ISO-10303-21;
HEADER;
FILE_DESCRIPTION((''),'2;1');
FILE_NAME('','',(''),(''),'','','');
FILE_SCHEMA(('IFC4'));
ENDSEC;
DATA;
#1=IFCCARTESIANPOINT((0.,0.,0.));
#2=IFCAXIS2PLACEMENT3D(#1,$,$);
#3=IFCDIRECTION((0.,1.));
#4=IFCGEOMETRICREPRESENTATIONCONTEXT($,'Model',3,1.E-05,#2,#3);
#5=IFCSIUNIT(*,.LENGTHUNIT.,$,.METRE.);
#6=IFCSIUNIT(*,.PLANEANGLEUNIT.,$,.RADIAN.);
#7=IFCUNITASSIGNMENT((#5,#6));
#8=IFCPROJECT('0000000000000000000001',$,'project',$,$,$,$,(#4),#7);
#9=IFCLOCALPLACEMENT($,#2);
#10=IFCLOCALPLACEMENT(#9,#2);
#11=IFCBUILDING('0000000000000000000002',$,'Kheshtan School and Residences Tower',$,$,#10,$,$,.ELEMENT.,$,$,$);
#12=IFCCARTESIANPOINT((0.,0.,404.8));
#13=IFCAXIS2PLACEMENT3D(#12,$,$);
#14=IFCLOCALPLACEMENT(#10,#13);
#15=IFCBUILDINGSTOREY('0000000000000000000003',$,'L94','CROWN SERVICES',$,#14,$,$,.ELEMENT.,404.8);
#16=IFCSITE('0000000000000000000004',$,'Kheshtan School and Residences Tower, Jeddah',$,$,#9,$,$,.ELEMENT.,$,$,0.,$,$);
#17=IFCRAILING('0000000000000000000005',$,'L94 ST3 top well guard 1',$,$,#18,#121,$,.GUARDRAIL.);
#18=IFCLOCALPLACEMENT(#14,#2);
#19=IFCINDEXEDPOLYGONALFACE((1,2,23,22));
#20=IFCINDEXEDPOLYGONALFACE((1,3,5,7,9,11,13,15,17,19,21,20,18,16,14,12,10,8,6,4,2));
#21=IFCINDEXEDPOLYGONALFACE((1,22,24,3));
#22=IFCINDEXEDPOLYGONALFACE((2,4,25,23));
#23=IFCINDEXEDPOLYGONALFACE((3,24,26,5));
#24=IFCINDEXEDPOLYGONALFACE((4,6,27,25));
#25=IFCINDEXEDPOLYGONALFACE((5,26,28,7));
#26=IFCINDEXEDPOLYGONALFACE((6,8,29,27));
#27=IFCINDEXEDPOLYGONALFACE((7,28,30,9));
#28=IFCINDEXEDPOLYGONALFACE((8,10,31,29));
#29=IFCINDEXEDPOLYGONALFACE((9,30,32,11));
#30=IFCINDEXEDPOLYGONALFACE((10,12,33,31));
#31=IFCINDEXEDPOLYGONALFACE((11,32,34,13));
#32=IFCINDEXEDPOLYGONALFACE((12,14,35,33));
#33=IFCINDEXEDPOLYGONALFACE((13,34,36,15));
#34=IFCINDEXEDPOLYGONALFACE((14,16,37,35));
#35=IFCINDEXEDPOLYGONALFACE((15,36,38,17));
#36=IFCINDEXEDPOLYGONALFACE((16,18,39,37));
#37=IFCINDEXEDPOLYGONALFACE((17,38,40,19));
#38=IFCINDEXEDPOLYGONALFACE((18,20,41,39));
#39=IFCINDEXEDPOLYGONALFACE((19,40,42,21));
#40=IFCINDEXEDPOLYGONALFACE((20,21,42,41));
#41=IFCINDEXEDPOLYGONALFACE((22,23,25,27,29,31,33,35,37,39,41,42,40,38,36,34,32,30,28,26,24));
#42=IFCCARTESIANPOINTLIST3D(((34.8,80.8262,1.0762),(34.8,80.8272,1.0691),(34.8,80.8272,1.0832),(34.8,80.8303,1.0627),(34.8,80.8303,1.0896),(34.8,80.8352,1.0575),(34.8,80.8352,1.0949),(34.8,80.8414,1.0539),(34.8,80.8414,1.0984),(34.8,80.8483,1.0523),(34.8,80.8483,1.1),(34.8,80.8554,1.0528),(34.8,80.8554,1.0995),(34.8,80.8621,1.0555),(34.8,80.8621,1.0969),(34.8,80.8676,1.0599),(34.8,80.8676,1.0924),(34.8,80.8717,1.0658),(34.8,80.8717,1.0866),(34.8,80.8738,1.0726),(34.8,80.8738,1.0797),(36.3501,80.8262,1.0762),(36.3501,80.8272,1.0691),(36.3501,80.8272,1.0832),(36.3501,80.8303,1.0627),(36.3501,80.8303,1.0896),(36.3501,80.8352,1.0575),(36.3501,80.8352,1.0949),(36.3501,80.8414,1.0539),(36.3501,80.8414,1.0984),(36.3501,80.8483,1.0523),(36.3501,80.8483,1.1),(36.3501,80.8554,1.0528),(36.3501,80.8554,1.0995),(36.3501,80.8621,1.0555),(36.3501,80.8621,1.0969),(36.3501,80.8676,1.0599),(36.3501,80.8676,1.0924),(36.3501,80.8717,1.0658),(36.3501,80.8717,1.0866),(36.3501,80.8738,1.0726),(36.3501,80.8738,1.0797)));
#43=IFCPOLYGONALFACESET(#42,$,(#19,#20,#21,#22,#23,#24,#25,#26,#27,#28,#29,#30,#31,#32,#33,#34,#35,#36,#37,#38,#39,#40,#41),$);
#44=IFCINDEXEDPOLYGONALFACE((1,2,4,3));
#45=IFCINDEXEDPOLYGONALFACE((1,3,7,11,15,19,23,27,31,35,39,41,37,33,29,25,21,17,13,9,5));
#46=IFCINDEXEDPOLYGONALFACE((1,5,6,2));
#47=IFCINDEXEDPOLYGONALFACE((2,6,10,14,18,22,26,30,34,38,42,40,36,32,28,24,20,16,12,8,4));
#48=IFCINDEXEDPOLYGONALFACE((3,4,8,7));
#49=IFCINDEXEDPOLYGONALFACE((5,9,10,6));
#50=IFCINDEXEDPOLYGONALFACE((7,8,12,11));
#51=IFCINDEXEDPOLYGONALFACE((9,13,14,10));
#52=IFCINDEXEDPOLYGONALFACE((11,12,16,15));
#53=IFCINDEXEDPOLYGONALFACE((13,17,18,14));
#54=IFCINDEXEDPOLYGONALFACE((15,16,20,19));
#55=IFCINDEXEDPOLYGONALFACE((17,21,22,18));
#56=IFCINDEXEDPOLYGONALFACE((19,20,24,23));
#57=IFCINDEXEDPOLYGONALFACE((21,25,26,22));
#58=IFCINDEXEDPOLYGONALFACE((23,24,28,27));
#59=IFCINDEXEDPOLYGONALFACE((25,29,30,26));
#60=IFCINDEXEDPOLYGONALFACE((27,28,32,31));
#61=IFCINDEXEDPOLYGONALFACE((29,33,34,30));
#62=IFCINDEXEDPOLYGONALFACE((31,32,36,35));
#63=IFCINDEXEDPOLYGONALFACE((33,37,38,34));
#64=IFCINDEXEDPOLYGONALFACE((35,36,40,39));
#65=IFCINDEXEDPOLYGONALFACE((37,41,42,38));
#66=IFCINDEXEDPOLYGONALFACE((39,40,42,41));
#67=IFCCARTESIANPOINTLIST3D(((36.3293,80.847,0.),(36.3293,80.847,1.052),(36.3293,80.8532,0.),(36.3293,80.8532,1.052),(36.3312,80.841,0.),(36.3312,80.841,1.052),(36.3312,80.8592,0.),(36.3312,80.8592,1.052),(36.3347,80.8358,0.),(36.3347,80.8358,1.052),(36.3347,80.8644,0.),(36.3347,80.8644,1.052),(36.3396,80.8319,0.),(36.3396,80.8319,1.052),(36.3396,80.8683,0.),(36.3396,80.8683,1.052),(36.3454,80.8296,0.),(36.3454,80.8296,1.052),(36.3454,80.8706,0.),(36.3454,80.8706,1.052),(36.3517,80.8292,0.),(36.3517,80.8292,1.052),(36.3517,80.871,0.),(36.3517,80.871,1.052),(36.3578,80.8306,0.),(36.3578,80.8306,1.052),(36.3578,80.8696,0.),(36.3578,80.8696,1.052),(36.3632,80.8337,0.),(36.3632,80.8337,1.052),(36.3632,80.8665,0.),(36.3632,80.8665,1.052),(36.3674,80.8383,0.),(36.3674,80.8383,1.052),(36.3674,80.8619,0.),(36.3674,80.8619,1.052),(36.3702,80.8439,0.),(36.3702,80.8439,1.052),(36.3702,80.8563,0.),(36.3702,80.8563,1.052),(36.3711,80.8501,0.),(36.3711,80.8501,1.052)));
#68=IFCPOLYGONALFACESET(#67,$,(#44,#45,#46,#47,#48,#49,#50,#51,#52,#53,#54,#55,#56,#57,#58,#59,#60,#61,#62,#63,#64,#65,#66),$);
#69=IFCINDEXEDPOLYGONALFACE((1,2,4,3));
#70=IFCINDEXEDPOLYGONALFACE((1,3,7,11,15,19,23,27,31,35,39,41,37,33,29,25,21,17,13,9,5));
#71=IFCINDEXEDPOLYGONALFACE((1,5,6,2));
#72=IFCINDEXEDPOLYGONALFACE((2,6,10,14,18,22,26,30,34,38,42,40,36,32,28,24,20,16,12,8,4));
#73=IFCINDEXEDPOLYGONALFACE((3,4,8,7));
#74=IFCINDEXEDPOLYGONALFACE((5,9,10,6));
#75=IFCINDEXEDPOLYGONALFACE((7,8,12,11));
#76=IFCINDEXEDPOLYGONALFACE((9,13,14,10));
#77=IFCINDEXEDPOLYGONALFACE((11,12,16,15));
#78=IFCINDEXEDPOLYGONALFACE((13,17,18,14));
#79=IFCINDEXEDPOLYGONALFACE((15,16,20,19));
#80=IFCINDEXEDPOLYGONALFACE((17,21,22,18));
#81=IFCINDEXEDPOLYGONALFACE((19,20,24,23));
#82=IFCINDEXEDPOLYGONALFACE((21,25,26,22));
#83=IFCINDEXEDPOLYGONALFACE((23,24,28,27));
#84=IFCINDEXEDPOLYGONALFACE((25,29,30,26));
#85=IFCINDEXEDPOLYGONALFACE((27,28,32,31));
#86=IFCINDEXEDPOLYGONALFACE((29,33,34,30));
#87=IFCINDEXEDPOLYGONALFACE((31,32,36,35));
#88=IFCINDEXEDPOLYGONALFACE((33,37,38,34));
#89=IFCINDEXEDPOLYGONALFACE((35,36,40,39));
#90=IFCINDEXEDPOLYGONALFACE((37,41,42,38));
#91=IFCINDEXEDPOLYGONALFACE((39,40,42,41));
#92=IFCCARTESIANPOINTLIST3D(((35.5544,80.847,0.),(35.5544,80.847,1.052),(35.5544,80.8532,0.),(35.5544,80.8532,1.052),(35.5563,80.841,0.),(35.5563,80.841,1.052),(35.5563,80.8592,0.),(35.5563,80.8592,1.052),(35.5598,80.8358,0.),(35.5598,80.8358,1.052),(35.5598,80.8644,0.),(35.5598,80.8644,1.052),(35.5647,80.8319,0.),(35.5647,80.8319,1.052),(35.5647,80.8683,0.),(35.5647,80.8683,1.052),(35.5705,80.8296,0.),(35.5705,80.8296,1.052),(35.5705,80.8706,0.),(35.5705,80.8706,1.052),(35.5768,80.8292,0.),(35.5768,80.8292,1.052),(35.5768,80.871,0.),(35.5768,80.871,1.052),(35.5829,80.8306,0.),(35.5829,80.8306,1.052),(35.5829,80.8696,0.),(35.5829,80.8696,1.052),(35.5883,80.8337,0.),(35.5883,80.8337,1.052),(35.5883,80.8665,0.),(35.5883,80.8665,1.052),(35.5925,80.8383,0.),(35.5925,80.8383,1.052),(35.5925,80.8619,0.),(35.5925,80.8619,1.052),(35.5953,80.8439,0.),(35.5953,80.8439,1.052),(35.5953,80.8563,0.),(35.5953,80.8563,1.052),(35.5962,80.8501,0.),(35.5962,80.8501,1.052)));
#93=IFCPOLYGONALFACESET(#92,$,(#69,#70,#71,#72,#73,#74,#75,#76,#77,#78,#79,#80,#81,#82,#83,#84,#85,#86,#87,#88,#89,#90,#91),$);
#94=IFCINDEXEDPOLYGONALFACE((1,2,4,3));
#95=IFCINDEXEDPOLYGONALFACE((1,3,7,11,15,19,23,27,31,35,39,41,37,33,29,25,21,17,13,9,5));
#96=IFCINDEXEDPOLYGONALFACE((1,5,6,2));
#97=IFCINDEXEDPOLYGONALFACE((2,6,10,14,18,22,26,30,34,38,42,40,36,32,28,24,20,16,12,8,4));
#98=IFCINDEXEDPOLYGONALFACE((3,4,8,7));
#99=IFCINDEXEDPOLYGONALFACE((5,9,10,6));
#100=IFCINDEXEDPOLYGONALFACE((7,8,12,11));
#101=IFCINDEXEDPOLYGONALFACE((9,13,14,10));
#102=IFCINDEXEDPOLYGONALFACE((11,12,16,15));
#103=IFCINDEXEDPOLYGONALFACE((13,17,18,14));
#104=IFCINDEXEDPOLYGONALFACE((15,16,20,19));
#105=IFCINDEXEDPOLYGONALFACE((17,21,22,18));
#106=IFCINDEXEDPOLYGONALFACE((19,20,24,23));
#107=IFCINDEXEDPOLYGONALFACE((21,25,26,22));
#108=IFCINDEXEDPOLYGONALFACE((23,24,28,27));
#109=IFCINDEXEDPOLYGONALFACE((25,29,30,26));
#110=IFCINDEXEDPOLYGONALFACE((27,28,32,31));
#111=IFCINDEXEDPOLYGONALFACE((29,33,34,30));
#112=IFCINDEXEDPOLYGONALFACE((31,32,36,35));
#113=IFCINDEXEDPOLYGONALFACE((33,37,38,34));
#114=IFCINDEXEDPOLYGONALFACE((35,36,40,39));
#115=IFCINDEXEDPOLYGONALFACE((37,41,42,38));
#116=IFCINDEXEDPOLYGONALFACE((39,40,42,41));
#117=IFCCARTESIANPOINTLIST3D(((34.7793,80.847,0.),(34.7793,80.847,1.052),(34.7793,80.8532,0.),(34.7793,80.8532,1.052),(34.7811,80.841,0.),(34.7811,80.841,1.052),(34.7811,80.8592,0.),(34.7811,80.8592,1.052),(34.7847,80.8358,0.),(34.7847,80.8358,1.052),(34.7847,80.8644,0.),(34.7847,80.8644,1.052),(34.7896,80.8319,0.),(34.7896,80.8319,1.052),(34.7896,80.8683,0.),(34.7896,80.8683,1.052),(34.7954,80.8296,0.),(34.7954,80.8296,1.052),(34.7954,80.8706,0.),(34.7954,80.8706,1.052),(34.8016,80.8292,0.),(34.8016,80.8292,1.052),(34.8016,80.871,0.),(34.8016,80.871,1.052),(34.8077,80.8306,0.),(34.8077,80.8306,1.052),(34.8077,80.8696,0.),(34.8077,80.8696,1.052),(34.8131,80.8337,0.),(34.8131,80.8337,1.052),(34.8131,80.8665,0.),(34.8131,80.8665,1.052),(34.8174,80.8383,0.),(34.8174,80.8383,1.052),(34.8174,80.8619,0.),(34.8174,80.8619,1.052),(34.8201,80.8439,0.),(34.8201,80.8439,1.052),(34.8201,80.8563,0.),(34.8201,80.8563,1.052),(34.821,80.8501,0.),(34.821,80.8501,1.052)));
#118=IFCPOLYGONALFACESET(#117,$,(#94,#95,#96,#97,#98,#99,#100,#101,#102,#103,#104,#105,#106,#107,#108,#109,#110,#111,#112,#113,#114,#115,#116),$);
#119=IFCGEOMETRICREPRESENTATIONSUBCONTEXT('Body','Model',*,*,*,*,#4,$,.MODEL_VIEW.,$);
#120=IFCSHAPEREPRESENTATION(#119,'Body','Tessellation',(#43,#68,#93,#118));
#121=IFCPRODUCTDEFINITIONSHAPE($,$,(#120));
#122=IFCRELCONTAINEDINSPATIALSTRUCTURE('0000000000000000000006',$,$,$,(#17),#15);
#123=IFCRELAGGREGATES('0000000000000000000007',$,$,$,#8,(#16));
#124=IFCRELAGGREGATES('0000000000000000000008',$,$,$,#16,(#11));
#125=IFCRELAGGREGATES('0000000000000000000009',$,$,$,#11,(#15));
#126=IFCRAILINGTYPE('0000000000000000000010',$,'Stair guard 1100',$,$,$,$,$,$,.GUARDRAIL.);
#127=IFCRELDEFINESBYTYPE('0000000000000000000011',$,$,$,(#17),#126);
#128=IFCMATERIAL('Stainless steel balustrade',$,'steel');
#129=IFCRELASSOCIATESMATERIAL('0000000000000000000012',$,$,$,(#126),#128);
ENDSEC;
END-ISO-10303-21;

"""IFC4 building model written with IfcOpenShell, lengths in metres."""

from ifc_helpers import new_model, si_unit, direction, frame, origin, origin_2d, place, context, subcontext, project, spatial, circle, extrude, material, type_object, element, save


model = new_model("IFC4")

# Units and contexts
model_context = context("Model", 3, precision=1e-05, world=origin(), true_north=direction((0.0, 1.0)))
body_context = subcontext(model_context, "Body", "Model", "MODEL_VIEW")
ifc_project = project(units=[si_unit("LENGTHUNIT", "METRE"), si_unit("PLANEANGLEUNIT", "RADIAN")], contexts=[model_context])

# Site, building, storey
site_placement = place(None, origin())
site = spatial("IfcSite", under=ifc_project, at=site_placement, Name="Kheshtan School and Residences Tower, Jeddah", CompositionType="ELEMENT", RefElevation=0.0)
building_placement = place(site_placement, origin())
building = spatial("IfcBuilding", under=site, at=building_placement, Name="Kheshtan School and Residences Tower", CompositionType="ELEMENT")
storey_placement = place(building_placement, frame((0.0, 0.0, 404.8)))
storey = spatial("IfcBuildingStorey", under=building, at=storey_placement, Name="L94", Description="CROWN SERVICES", CompositionType="ELEMENT", Elevation=404.8)

# Railing
ifc_material_1 = material(Name="Stainless steel balustrade", Category="steel")
railing_type = type_object("IfcRailingType", Name="Stair guard 1100", PredefinedType="GUARDRAIL", material=ifc_material_1)
railing_placement = place(storey_placement, frame((36.3501, 80.8501, 0.0)))
element("IfcRailing", 1, at=railing_placement, inside=storey, type_object=railing_type, Name="L94 ST3 top well guard 1", PredefinedType="GUARDRAIL", context=body_context, shape_type="SweptSolid", body=[
    extrude(circle(Radius=0.0239, at=origin_2d()), frame((0.0, 0.0, 1.0762), z_axis=(-1.0, 0.0, 0.0), x_axis=(0.0, -1.0, 0.0)), (0.0, 0.0, 1.0), 1.55),
    extrude(circle(Radius=0.021, at=origin_2d()), origin(), (0.0, 0.0, 1.0), 1.052),
    extrude(circle(Radius=0.021, at=origin_2d()), frame((-0.7749, 0.0, 0.0)), (0.0, 0.0, 1.0), 1.052),
    extrude(circle(Radius=0.021, at=origin_2d()), frame((-1.55, 0.0, 0.0)), (0.0, 0.0, 1.0), 1.052),
])

save(model, "model.ifc")
